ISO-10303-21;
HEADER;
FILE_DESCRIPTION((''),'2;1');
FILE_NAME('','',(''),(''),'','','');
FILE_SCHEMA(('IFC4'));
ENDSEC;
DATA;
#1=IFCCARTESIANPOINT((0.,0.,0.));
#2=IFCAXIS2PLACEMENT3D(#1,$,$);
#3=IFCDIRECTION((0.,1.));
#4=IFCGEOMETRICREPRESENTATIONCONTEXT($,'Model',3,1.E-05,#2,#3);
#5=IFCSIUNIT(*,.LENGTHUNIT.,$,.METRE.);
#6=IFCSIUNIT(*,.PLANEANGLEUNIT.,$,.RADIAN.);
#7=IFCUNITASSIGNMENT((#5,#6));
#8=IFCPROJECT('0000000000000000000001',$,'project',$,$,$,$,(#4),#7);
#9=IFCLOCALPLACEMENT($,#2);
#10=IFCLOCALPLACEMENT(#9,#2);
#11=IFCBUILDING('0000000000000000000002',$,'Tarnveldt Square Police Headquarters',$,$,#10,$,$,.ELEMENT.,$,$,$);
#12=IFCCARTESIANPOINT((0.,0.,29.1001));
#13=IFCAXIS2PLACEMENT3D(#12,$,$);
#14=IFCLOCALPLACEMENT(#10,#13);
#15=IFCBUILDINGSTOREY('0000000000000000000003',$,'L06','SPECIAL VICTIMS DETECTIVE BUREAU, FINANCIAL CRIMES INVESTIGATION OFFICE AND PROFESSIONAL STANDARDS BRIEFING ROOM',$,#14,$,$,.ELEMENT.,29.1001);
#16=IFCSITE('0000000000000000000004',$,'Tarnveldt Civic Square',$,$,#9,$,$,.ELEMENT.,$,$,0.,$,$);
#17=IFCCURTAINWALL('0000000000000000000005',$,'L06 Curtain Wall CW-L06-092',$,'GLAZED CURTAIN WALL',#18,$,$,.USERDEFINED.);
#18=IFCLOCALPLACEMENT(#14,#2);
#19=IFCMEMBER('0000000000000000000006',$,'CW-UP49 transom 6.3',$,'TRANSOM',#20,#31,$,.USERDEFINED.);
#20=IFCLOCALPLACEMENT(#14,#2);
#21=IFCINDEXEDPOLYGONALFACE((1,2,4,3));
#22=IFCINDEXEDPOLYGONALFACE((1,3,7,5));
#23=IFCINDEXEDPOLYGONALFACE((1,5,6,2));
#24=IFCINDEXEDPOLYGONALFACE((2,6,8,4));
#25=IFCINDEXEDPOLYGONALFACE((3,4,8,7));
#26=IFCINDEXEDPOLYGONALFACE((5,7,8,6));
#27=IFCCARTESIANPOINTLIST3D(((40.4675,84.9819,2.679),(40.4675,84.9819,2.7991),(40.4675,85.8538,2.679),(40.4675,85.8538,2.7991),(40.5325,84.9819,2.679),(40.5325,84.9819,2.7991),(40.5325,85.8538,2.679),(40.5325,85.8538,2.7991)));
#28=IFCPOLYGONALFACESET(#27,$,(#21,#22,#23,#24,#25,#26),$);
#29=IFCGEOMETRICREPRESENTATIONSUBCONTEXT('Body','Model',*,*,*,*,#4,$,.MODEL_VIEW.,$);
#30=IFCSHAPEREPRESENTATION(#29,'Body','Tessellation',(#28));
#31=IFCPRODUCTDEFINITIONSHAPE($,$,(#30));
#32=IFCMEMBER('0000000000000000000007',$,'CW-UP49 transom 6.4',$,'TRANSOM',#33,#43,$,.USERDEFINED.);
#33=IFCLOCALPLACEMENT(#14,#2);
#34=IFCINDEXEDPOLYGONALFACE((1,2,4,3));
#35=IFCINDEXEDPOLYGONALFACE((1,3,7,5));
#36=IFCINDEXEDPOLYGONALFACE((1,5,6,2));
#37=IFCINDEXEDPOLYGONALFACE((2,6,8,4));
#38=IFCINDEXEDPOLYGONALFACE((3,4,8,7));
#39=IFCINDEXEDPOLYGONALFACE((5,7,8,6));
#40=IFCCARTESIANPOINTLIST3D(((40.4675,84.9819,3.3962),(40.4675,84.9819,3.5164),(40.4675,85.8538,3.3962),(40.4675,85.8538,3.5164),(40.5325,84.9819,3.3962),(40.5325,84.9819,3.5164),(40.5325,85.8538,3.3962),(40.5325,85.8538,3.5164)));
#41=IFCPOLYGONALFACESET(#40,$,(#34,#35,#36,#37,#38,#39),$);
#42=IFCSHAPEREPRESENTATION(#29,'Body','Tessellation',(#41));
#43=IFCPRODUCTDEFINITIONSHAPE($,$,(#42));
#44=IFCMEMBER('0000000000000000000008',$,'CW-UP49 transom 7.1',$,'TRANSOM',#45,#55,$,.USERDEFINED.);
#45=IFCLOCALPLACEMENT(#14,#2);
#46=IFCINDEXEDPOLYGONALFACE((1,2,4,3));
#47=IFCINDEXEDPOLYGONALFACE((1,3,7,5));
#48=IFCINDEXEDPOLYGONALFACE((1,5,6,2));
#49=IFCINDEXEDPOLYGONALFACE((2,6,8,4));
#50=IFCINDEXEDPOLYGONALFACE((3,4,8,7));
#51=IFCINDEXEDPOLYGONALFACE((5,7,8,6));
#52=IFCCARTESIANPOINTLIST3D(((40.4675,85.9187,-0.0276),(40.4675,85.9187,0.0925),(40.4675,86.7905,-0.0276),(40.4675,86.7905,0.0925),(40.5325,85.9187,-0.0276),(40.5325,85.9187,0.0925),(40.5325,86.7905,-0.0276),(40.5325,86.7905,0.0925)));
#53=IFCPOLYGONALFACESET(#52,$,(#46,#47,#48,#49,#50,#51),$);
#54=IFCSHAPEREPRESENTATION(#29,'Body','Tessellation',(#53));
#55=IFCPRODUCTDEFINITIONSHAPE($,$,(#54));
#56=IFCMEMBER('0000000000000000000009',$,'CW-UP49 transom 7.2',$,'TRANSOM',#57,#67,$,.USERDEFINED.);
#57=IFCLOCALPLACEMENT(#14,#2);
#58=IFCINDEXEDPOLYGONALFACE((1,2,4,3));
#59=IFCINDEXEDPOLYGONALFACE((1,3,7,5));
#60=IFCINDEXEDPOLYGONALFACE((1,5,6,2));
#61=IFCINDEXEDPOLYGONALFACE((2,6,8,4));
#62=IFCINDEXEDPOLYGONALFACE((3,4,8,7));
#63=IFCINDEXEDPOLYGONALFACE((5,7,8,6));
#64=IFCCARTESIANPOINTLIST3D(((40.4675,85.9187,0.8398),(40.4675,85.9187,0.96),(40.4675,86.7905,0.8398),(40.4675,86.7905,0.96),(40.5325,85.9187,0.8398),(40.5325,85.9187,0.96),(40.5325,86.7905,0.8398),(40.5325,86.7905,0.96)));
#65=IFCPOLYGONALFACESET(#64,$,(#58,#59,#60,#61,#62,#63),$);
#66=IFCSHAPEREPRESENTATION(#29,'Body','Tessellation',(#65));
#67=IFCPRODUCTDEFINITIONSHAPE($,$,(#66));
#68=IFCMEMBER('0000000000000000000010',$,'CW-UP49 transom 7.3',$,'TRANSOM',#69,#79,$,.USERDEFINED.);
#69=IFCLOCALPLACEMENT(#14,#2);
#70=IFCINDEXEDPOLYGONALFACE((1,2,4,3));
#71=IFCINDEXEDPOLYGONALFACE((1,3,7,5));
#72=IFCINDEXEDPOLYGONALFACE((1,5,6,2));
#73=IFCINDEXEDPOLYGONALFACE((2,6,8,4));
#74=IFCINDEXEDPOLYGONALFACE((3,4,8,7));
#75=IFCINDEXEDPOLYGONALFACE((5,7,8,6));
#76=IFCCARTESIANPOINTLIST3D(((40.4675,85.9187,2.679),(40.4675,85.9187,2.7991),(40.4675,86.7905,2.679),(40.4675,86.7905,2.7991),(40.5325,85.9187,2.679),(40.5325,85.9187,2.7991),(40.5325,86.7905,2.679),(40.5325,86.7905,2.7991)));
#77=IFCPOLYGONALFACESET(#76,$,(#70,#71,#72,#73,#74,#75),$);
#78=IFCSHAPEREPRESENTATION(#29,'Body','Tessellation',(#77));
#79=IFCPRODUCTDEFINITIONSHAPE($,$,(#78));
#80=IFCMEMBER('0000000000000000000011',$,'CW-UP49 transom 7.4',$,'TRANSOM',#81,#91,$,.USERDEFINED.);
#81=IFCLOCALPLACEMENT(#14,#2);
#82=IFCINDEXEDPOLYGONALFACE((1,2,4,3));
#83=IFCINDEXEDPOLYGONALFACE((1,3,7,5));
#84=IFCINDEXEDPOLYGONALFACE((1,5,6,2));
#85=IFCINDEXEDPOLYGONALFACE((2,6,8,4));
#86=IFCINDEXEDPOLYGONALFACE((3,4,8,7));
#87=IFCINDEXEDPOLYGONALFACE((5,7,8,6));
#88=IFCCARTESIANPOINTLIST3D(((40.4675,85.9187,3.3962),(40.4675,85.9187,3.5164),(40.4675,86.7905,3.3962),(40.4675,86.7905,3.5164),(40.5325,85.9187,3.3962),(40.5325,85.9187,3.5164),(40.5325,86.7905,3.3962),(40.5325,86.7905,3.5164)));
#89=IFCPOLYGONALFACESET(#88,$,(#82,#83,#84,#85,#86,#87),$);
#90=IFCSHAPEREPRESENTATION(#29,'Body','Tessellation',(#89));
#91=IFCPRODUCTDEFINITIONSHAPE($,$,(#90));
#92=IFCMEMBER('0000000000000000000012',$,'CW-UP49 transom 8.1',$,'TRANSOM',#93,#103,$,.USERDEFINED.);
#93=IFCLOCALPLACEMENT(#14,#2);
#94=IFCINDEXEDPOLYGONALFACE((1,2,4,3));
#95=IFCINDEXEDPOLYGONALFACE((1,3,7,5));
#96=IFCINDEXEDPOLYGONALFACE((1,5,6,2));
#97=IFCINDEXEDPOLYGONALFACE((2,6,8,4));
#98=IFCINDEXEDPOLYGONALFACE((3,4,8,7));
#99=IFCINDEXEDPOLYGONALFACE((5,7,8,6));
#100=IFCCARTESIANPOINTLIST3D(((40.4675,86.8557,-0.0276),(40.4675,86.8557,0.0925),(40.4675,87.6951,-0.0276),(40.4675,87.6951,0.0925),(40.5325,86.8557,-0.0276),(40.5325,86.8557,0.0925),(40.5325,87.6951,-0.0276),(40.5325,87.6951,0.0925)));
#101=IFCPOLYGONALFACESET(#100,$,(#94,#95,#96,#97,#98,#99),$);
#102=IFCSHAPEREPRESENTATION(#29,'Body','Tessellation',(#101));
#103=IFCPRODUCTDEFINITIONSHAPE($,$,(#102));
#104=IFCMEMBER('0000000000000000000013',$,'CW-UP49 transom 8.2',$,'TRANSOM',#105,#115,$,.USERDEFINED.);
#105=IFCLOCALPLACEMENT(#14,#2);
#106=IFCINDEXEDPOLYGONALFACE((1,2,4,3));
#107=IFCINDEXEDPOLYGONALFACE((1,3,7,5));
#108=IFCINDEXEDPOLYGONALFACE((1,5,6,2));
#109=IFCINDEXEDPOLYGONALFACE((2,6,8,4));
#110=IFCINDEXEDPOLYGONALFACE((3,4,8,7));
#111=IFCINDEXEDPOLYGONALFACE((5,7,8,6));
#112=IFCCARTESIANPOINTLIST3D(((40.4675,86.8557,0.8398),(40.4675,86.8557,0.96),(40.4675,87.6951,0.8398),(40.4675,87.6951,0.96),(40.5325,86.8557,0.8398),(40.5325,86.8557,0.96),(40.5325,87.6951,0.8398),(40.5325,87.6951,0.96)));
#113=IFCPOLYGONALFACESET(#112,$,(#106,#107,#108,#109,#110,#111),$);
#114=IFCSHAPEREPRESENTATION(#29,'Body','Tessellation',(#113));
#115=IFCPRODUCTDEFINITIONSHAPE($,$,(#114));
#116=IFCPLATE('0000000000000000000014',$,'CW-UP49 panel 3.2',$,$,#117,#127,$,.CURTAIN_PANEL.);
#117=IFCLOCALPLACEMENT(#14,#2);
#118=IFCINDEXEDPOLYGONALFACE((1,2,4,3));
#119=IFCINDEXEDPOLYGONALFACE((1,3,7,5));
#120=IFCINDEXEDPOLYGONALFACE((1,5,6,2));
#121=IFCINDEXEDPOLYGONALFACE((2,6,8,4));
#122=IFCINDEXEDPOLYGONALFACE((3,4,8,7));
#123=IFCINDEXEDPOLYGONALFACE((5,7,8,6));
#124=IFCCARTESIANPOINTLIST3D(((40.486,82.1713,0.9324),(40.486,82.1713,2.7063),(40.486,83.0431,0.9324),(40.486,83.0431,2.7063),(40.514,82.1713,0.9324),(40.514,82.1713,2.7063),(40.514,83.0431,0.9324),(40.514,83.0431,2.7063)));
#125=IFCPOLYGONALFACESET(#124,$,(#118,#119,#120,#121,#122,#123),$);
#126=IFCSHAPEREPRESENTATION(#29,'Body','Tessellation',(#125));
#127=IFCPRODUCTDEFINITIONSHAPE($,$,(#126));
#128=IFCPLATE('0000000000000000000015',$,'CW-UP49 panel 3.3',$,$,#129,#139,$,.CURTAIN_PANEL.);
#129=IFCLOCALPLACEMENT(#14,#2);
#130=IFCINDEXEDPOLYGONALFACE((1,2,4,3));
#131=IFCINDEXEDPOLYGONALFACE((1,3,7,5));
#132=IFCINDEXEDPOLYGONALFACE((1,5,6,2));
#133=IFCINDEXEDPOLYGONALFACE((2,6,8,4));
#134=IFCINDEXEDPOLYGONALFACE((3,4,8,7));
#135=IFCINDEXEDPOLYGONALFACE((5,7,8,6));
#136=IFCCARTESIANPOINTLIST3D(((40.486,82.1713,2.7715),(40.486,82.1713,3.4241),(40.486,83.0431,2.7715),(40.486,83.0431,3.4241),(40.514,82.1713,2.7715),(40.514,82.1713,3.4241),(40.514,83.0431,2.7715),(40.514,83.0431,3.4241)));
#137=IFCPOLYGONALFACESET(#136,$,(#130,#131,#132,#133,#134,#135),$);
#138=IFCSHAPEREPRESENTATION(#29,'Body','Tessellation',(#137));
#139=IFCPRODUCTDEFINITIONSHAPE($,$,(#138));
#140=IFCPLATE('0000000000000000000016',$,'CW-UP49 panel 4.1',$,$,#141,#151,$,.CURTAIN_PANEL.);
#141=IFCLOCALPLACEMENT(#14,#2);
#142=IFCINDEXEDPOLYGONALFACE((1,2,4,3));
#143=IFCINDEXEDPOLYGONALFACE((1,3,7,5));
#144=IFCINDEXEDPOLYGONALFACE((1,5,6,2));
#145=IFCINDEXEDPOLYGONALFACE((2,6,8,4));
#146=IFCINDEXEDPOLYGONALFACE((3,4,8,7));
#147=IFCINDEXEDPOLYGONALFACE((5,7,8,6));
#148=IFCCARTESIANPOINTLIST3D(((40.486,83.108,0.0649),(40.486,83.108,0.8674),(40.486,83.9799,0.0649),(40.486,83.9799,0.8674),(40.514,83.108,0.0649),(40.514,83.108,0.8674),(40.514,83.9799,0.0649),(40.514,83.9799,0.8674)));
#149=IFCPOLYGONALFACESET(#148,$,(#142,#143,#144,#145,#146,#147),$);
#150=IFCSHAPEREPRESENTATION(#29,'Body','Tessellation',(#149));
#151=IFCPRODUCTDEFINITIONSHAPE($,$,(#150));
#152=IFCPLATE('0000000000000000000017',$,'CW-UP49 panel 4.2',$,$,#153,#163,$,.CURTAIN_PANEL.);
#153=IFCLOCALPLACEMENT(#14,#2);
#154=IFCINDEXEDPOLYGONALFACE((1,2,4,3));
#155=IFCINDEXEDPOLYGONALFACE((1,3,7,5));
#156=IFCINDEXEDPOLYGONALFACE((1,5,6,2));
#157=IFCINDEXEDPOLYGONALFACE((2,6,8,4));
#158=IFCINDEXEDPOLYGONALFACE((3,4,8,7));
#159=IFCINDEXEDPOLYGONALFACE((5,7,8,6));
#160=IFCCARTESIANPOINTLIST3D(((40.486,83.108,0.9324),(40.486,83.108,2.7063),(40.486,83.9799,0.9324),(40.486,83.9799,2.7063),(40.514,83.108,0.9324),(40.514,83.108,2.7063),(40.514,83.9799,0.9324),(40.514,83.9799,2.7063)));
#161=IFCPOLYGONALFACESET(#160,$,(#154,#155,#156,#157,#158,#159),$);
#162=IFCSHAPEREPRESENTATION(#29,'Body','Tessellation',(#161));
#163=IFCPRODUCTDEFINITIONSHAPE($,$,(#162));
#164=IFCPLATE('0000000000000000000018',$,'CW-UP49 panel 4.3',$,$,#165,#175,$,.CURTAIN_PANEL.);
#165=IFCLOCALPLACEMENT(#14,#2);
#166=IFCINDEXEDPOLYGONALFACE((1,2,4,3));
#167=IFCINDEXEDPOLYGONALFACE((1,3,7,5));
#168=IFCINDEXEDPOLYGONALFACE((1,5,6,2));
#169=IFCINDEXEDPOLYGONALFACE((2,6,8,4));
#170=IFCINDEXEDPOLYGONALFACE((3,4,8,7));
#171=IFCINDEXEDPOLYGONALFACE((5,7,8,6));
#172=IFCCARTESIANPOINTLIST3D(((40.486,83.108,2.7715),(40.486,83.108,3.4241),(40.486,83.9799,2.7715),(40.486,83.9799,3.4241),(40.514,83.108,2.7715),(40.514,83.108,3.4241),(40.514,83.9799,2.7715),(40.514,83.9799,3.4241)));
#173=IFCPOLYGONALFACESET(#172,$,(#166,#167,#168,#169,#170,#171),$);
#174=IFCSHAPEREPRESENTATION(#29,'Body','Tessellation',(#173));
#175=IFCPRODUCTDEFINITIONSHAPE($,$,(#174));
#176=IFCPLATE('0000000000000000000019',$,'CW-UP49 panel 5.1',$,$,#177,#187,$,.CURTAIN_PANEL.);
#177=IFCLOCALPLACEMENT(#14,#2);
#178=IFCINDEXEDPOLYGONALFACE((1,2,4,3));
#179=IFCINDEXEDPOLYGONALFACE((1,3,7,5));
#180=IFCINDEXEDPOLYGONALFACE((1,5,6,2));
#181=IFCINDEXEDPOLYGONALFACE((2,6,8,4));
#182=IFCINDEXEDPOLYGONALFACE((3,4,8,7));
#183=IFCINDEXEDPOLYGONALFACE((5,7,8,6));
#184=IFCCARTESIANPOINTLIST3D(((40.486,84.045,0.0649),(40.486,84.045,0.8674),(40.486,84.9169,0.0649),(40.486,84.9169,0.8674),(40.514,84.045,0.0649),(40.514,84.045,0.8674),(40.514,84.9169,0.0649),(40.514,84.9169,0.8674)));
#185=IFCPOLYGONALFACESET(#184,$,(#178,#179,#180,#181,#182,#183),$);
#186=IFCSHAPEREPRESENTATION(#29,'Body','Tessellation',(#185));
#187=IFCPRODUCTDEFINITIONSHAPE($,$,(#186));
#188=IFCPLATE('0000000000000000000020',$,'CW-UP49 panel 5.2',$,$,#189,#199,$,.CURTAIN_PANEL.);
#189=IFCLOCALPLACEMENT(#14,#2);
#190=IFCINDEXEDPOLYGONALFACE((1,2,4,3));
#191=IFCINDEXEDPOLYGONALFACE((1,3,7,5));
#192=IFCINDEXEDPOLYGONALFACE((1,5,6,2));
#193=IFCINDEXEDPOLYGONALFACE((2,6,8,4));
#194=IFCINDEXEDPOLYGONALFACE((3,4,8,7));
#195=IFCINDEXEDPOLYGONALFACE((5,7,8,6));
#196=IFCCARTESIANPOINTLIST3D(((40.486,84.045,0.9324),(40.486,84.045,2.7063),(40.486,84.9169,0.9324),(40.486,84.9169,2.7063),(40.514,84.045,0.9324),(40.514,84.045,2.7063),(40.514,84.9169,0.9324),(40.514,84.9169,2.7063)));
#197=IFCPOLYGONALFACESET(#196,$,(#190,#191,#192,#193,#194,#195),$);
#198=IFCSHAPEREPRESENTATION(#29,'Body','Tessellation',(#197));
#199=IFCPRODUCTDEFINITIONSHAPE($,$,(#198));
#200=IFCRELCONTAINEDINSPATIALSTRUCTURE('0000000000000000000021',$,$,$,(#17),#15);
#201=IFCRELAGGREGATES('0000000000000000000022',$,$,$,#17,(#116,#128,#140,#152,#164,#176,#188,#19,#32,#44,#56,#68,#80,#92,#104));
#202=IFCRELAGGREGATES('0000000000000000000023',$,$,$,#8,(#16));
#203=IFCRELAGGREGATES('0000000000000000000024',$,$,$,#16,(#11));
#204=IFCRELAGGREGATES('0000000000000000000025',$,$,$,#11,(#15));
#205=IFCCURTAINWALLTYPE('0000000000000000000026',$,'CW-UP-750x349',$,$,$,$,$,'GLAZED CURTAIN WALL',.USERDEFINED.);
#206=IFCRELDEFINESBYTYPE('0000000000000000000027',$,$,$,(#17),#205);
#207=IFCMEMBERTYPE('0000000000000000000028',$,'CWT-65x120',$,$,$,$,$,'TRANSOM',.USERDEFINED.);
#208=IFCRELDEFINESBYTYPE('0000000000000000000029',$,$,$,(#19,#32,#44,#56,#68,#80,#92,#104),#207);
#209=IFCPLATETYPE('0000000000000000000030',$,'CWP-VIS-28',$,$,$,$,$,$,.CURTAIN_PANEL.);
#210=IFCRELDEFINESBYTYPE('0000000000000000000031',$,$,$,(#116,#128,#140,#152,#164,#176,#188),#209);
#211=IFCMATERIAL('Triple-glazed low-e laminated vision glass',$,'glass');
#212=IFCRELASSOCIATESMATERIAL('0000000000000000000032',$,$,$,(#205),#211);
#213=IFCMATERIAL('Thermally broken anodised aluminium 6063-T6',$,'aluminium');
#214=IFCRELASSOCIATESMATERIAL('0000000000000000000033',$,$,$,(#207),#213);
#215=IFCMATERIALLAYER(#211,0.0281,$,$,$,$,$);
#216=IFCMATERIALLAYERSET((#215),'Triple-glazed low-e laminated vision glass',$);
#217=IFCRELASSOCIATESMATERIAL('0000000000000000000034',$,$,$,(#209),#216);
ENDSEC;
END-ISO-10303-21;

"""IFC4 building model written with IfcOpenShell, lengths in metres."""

from ifc_helpers import new_model, si_unit, direction, frame, origin, origin_2d, place, context, subcontext, project, spatial, rectangle, extrude, material, layer, layer_set, material_profile, profile_set, type_object, element, aggregate, save


model = new_model("IFC4")

# Units and contexts
model_context = context("Model", 3, precision=1e-05, world=origin(), true_north=direction((0.0, 1.0)))
body_context = subcontext(model_context, "Body", "Model", "MODEL_VIEW")
ifc_project = project(units=[si_unit("LENGTHUNIT", "METRE"), si_unit("PLANEANGLEUNIT", "RADIAN")], contexts=[model_context])

# Site, building, storey
site_placement = place(None, origin())
site = spatial("IfcSite", under=ifc_project, at=site_placement, Name="Tarnveldt Civic Square", CompositionType="ELEMENT", RefElevation=0.0)
building_placement = place(site_placement, origin())
building = spatial("IfcBuilding", under=site, at=building_placement, Name="Tarnveldt Square Police Headquarters", CompositionType="ELEMENT")
storey_placement = place(building_placement, frame((0.0, 0.0, 29.1001)))
storey = spatial("IfcBuildingStorey", under=building, at=storey_placement, Name="L06", Description="SPECIAL VICTIMS DETECTIVE BUREAU, FINANCIAL CRIMES INVESTIGATION OFFICE AND PROFESSIONAL STANDARDS BRIEFING ROOM", CompositionType="ELEMENT", Elevation=29.1001)

# Curtain wall, members, plates
ifc_material_1 = material(Name="Triple-glazed low-e laminated vision glass", Category="glass")
curtain_wall_type = type_object("IfcCurtainWallType", Name="CW-UP-750x349", ElementType="GLAZED CURTAIN WALL", PredefinedType="USERDEFINED", material=ifc_material_1)
curtain_wall_placement = place(storey_placement, origin())
curtain_wall = element("IfcCurtainWall", 1, at=curtain_wall_placement, inside=storey, type_object=curtain_wall_type, Name="L06 Curtain Wall CW-L06-092", ObjectType="GLAZED CURTAIN WALL", PredefinedType="USERDEFINED")
ifc_material_2 = material(Name="Thermally broken anodised aluminium 6063-T6", Category="aluminium")
ifc_material_profile_1 = material_profile(ifc_material_2, rectangle(XDim=0.0649, YDim=0.1201, at=origin_2d()), Name="CW-T65x120")
ifc_profile_set_1 = profile_set([ifc_material_profile_1], Name="Thermally broken anodised aluminium 6063-T6")
member_type_1 = type_object("IfcMemberType", Name="CWT-65x120", ElementType="TRANSOM", PredefinedType="USERDEFINED", material=ifc_profile_set_1)
member_1_placement = place(storey_placement, frame((40.5, 84.9819, 2.739), z_axis=(0.0, 1.0, 0.0), x_axis=(-1.0, 0.0, 0.0)))
member_1 = element("IfcMember", 2, at=member_1_placement, type_object=member_type_1, Name="CW-UP49 transom 6.3", ObjectType="TRANSOM", PredefinedType="USERDEFINED", context=body_context, shape_type="SweptSolid", body=[
    extrude(rectangle(XDim=0.0649, YDim=0.1201, at=origin_2d()), origin(), (0.0, 0.0, 1.0), 0.8718),
])
member_2_placement = place(storey_placement, frame((40.5, 84.9819, 3.4563), z_axis=(0.0, 1.0, 0.0), x_axis=(-1.0, 0.0, 0.0)))
member_2 = element("IfcMember", 3, at=member_2_placement, type_object=member_type_1, Name="CW-UP49 transom 6.4", ObjectType="TRANSOM", PredefinedType="USERDEFINED", context=body_context, shape_type="SweptSolid", body=[
    extrude(rectangle(XDim=0.0649, YDim=0.1201, at=origin_2d()), origin(), (0.0, 0.0, 1.0), 0.8718),
])
member_3_placement = place(storey_placement, frame((40.5, 85.9187, 0.0325), z_axis=(0.0, 1.0, 0.0), x_axis=(-1.0, 0.0, 0.0)))
member_3 = element("IfcMember", 4, at=member_3_placement, type_object=member_type_1, Name="CW-UP49 transom 7.1", ObjectType="TRANSOM", PredefinedType="USERDEFINED", context=body_context, shape_type="SweptSolid", body=[
    extrude(rectangle(XDim=0.0649, YDim=0.1201, at=origin_2d()), origin(), (0.0, 0.0, 1.0), 0.8718),
])
member_4_placement = place(storey_placement, frame((40.5, 85.9187, 0.8999), z_axis=(0.0, 1.0, 0.0), x_axis=(-1.0, 0.0, 0.0)))
member_4 = element("IfcMember", 5, at=member_4_placement, type_object=member_type_1, Name="CW-UP49 transom 7.2", ObjectType="TRANSOM", PredefinedType="USERDEFINED", context=body_context, shape_type="SweptSolid", body=[
    extrude(rectangle(XDim=0.0649, YDim=0.1201, at=origin_2d()), origin(), (0.0, 0.0, 1.0), 0.8718),
])
member_5_placement = place(storey_placement, frame((40.5, 85.9187, 2.739), z_axis=(0.0, 1.0, 0.0), x_axis=(-1.0, 0.0, 0.0)))
member_5 = element("IfcMember", 6, at=member_5_placement, type_object=member_type_1, Name="CW-UP49 transom 7.3", ObjectType="TRANSOM", PredefinedType="USERDEFINED", context=body_context, shape_type="SweptSolid", body=[
    extrude(rectangle(XDim=0.0649, YDim=0.1201, at=origin_2d()), origin(), (0.0, 0.0, 1.0), 0.8718),
])
member_6_placement = place(storey_placement, frame((40.5, 85.9187, 3.4563), z_axis=(0.0, 1.0, 0.0), x_axis=(-1.0, 0.0, 0.0)))
member_6 = element("IfcMember", 7, at=member_6_placement, type_object=member_type_1, Name="CW-UP49 transom 7.4", ObjectType="TRANSOM", PredefinedType="USERDEFINED", context=body_context, shape_type="SweptSolid", body=[
    extrude(rectangle(XDim=0.0649, YDim=0.1201, at=origin_2d()), origin(), (0.0, 0.0, 1.0), 0.8718),
])
member_7_placement = place(storey_placement, frame((40.5, 86.8557, 0.0325), z_axis=(0.0, 1.0, 0.0), x_axis=(-1.0, 0.0, 0.0)))
member_7 = element("IfcMember", 8, at=member_7_placement, type_object=member_type_1, Name="CW-UP49 transom 8.1", ObjectType="TRANSOM", PredefinedType="USERDEFINED", context=body_context, shape_type="SweptSolid", body=[
    extrude(rectangle(XDim=0.0649, YDim=0.1201, at=origin_2d()), origin(), (0.0, 0.0, 1.0), 0.8394),
])
member_8_placement = place(storey_placement, frame((40.5, 86.8557, 0.8999), z_axis=(0.0, 1.0, 0.0), x_axis=(-1.0, 0.0, 0.0)))
member_8 = element("IfcMember", 9, at=member_8_placement, type_object=member_type_1, Name="CW-UP49 transom 8.2", ObjectType="TRANSOM", PredefinedType="USERDEFINED", context=body_context, shape_type="SweptSolid", body=[
    extrude(rectangle(XDim=0.0649, YDim=0.1201, at=origin_2d()), origin(), (0.0, 0.0, 1.0), 0.8394),
])
ifc_layer = layer(ifc_material_1, 0.0281)
ifc_layer_set = layer_set([ifc_layer], Name="Triple-glazed low-e laminated vision glass")
plate_type = type_object("IfcPlateType", Name="CWP-VIS-28", PredefinedType="CURTAIN_PANEL", material=ifc_layer_set)
plate_1_placement = place(storey_placement, frame((40.5, 82.6072, 0.9324), z_axis=(0.0, 0.0, 1.0), x_axis=(0.0, 1.0, 0.0)))
plate_1 = element("IfcPlate", 10, at=plate_1_placement, type_object=plate_type, Name="CW-UP49 panel 3.2", PredefinedType="CURTAIN_PANEL", context=body_context, shape_type="SweptSolid", body=[
    extrude(rectangle(XDim=0.8718, YDim=0.0281, at=origin_2d()), origin(), (0.0, 0.0, 1.0), 1.7739),
])
plate_2_placement = place(storey_placement, frame((40.5, 82.6072, 2.7715), z_axis=(0.0, 0.0, 1.0), x_axis=(0.0, 1.0, 0.0)))
plate_2 = element("IfcPlate", 11, at=plate_2_placement, type_object=plate_type, Name="CW-UP49 panel 3.3", PredefinedType="CURTAIN_PANEL", context=body_context, shape_type="SweptSolid", body=[
    extrude(rectangle(XDim=0.8718, YDim=0.0281, at=origin_2d()), origin(), (0.0, 0.0, 1.0), 0.6526),
])
plate_3_placement = place(storey_placement, frame((40.5, 83.5439, 0.0649), z_axis=(0.0, 0.0, 1.0), x_axis=(0.0, 1.0, 0.0)))
plate_3 = element("IfcPlate", 12, at=plate_3_placement, type_object=plate_type, Name="CW-UP49 panel 4.1", PredefinedType="CURTAIN_PANEL", context=body_context, shape_type="SweptSolid", body=[
    extrude(rectangle(XDim=0.8718, YDim=0.0281, at=origin_2d()), origin(), (0.0, 0.0, 1.0), 0.8025),
])
plate_4_placement = place(storey_placement, frame((40.5, 83.5439, 0.9324), z_axis=(0.0, 0.0, 1.0), x_axis=(0.0, 1.0, 0.0)))
plate_4 = element("IfcPlate", 13, at=plate_4_placement, type_object=plate_type, Name="CW-UP49 panel 4.2", PredefinedType="CURTAIN_PANEL", context=body_context, shape_type="SweptSolid", body=[
    extrude(rectangle(XDim=0.8718, YDim=0.0281, at=origin_2d()), origin(), (0.0, 0.0, 1.0), 1.7739),
])
plate_5_placement = place(storey_placement, frame((40.5, 83.5439, 2.7715), z_axis=(0.0, 0.0, 1.0), x_axis=(0.0, 1.0, 0.0)))
plate_5 = element("IfcPlate", 14, at=plate_5_placement, type_object=plate_type, Name="CW-UP49 panel 4.3", PredefinedType="CURTAIN_PANEL", context=body_context, shape_type="SweptSolid", body=[
    extrude(rectangle(XDim=0.8718, YDim=0.0281, at=origin_2d()), origin(), (0.0, 0.0, 1.0), 0.6526),
])
plate_6_placement = place(storey_placement, frame((40.5, 84.481, 0.0649), z_axis=(0.0, 0.0, 1.0), x_axis=(0.0, 1.0, 0.0)))
plate_6 = element("IfcPlate", 15, at=plate_6_placement, type_object=plate_type, Name="CW-UP49 panel 5.1", PredefinedType="CURTAIN_PANEL", context=body_context, shape_type="SweptSolid", body=[
    extrude(rectangle(XDim=0.8718, YDim=0.0281, at=origin_2d()), origin(), (0.0, 0.0, 1.0), 0.8025),
])
plate_7_placement = place(storey_placement, frame((40.5, 84.481, 0.9324), z_axis=(0.0, 0.0, 1.0), x_axis=(0.0, 1.0, 0.0)))
plate_7 = element("IfcPlate", 16, at=plate_7_placement, type_object=plate_type, Name="CW-UP49 panel 5.2", PredefinedType="CURTAIN_PANEL", context=body_context, shape_type="SweptSolid", body=[
    extrude(rectangle(XDim=0.8718, YDim=0.0281, at=origin_2d()), origin(), (0.0, 0.0, 1.0), 1.7739),
])
aggregate(curtain_wall, [plate_1, plate_2, plate_3, plate_4, plate_5, plate_6, plate_7, member_1, member_2, member_3, member_4, member_5, member_6, member_7, member_8])

save(model, "model.ifc")
